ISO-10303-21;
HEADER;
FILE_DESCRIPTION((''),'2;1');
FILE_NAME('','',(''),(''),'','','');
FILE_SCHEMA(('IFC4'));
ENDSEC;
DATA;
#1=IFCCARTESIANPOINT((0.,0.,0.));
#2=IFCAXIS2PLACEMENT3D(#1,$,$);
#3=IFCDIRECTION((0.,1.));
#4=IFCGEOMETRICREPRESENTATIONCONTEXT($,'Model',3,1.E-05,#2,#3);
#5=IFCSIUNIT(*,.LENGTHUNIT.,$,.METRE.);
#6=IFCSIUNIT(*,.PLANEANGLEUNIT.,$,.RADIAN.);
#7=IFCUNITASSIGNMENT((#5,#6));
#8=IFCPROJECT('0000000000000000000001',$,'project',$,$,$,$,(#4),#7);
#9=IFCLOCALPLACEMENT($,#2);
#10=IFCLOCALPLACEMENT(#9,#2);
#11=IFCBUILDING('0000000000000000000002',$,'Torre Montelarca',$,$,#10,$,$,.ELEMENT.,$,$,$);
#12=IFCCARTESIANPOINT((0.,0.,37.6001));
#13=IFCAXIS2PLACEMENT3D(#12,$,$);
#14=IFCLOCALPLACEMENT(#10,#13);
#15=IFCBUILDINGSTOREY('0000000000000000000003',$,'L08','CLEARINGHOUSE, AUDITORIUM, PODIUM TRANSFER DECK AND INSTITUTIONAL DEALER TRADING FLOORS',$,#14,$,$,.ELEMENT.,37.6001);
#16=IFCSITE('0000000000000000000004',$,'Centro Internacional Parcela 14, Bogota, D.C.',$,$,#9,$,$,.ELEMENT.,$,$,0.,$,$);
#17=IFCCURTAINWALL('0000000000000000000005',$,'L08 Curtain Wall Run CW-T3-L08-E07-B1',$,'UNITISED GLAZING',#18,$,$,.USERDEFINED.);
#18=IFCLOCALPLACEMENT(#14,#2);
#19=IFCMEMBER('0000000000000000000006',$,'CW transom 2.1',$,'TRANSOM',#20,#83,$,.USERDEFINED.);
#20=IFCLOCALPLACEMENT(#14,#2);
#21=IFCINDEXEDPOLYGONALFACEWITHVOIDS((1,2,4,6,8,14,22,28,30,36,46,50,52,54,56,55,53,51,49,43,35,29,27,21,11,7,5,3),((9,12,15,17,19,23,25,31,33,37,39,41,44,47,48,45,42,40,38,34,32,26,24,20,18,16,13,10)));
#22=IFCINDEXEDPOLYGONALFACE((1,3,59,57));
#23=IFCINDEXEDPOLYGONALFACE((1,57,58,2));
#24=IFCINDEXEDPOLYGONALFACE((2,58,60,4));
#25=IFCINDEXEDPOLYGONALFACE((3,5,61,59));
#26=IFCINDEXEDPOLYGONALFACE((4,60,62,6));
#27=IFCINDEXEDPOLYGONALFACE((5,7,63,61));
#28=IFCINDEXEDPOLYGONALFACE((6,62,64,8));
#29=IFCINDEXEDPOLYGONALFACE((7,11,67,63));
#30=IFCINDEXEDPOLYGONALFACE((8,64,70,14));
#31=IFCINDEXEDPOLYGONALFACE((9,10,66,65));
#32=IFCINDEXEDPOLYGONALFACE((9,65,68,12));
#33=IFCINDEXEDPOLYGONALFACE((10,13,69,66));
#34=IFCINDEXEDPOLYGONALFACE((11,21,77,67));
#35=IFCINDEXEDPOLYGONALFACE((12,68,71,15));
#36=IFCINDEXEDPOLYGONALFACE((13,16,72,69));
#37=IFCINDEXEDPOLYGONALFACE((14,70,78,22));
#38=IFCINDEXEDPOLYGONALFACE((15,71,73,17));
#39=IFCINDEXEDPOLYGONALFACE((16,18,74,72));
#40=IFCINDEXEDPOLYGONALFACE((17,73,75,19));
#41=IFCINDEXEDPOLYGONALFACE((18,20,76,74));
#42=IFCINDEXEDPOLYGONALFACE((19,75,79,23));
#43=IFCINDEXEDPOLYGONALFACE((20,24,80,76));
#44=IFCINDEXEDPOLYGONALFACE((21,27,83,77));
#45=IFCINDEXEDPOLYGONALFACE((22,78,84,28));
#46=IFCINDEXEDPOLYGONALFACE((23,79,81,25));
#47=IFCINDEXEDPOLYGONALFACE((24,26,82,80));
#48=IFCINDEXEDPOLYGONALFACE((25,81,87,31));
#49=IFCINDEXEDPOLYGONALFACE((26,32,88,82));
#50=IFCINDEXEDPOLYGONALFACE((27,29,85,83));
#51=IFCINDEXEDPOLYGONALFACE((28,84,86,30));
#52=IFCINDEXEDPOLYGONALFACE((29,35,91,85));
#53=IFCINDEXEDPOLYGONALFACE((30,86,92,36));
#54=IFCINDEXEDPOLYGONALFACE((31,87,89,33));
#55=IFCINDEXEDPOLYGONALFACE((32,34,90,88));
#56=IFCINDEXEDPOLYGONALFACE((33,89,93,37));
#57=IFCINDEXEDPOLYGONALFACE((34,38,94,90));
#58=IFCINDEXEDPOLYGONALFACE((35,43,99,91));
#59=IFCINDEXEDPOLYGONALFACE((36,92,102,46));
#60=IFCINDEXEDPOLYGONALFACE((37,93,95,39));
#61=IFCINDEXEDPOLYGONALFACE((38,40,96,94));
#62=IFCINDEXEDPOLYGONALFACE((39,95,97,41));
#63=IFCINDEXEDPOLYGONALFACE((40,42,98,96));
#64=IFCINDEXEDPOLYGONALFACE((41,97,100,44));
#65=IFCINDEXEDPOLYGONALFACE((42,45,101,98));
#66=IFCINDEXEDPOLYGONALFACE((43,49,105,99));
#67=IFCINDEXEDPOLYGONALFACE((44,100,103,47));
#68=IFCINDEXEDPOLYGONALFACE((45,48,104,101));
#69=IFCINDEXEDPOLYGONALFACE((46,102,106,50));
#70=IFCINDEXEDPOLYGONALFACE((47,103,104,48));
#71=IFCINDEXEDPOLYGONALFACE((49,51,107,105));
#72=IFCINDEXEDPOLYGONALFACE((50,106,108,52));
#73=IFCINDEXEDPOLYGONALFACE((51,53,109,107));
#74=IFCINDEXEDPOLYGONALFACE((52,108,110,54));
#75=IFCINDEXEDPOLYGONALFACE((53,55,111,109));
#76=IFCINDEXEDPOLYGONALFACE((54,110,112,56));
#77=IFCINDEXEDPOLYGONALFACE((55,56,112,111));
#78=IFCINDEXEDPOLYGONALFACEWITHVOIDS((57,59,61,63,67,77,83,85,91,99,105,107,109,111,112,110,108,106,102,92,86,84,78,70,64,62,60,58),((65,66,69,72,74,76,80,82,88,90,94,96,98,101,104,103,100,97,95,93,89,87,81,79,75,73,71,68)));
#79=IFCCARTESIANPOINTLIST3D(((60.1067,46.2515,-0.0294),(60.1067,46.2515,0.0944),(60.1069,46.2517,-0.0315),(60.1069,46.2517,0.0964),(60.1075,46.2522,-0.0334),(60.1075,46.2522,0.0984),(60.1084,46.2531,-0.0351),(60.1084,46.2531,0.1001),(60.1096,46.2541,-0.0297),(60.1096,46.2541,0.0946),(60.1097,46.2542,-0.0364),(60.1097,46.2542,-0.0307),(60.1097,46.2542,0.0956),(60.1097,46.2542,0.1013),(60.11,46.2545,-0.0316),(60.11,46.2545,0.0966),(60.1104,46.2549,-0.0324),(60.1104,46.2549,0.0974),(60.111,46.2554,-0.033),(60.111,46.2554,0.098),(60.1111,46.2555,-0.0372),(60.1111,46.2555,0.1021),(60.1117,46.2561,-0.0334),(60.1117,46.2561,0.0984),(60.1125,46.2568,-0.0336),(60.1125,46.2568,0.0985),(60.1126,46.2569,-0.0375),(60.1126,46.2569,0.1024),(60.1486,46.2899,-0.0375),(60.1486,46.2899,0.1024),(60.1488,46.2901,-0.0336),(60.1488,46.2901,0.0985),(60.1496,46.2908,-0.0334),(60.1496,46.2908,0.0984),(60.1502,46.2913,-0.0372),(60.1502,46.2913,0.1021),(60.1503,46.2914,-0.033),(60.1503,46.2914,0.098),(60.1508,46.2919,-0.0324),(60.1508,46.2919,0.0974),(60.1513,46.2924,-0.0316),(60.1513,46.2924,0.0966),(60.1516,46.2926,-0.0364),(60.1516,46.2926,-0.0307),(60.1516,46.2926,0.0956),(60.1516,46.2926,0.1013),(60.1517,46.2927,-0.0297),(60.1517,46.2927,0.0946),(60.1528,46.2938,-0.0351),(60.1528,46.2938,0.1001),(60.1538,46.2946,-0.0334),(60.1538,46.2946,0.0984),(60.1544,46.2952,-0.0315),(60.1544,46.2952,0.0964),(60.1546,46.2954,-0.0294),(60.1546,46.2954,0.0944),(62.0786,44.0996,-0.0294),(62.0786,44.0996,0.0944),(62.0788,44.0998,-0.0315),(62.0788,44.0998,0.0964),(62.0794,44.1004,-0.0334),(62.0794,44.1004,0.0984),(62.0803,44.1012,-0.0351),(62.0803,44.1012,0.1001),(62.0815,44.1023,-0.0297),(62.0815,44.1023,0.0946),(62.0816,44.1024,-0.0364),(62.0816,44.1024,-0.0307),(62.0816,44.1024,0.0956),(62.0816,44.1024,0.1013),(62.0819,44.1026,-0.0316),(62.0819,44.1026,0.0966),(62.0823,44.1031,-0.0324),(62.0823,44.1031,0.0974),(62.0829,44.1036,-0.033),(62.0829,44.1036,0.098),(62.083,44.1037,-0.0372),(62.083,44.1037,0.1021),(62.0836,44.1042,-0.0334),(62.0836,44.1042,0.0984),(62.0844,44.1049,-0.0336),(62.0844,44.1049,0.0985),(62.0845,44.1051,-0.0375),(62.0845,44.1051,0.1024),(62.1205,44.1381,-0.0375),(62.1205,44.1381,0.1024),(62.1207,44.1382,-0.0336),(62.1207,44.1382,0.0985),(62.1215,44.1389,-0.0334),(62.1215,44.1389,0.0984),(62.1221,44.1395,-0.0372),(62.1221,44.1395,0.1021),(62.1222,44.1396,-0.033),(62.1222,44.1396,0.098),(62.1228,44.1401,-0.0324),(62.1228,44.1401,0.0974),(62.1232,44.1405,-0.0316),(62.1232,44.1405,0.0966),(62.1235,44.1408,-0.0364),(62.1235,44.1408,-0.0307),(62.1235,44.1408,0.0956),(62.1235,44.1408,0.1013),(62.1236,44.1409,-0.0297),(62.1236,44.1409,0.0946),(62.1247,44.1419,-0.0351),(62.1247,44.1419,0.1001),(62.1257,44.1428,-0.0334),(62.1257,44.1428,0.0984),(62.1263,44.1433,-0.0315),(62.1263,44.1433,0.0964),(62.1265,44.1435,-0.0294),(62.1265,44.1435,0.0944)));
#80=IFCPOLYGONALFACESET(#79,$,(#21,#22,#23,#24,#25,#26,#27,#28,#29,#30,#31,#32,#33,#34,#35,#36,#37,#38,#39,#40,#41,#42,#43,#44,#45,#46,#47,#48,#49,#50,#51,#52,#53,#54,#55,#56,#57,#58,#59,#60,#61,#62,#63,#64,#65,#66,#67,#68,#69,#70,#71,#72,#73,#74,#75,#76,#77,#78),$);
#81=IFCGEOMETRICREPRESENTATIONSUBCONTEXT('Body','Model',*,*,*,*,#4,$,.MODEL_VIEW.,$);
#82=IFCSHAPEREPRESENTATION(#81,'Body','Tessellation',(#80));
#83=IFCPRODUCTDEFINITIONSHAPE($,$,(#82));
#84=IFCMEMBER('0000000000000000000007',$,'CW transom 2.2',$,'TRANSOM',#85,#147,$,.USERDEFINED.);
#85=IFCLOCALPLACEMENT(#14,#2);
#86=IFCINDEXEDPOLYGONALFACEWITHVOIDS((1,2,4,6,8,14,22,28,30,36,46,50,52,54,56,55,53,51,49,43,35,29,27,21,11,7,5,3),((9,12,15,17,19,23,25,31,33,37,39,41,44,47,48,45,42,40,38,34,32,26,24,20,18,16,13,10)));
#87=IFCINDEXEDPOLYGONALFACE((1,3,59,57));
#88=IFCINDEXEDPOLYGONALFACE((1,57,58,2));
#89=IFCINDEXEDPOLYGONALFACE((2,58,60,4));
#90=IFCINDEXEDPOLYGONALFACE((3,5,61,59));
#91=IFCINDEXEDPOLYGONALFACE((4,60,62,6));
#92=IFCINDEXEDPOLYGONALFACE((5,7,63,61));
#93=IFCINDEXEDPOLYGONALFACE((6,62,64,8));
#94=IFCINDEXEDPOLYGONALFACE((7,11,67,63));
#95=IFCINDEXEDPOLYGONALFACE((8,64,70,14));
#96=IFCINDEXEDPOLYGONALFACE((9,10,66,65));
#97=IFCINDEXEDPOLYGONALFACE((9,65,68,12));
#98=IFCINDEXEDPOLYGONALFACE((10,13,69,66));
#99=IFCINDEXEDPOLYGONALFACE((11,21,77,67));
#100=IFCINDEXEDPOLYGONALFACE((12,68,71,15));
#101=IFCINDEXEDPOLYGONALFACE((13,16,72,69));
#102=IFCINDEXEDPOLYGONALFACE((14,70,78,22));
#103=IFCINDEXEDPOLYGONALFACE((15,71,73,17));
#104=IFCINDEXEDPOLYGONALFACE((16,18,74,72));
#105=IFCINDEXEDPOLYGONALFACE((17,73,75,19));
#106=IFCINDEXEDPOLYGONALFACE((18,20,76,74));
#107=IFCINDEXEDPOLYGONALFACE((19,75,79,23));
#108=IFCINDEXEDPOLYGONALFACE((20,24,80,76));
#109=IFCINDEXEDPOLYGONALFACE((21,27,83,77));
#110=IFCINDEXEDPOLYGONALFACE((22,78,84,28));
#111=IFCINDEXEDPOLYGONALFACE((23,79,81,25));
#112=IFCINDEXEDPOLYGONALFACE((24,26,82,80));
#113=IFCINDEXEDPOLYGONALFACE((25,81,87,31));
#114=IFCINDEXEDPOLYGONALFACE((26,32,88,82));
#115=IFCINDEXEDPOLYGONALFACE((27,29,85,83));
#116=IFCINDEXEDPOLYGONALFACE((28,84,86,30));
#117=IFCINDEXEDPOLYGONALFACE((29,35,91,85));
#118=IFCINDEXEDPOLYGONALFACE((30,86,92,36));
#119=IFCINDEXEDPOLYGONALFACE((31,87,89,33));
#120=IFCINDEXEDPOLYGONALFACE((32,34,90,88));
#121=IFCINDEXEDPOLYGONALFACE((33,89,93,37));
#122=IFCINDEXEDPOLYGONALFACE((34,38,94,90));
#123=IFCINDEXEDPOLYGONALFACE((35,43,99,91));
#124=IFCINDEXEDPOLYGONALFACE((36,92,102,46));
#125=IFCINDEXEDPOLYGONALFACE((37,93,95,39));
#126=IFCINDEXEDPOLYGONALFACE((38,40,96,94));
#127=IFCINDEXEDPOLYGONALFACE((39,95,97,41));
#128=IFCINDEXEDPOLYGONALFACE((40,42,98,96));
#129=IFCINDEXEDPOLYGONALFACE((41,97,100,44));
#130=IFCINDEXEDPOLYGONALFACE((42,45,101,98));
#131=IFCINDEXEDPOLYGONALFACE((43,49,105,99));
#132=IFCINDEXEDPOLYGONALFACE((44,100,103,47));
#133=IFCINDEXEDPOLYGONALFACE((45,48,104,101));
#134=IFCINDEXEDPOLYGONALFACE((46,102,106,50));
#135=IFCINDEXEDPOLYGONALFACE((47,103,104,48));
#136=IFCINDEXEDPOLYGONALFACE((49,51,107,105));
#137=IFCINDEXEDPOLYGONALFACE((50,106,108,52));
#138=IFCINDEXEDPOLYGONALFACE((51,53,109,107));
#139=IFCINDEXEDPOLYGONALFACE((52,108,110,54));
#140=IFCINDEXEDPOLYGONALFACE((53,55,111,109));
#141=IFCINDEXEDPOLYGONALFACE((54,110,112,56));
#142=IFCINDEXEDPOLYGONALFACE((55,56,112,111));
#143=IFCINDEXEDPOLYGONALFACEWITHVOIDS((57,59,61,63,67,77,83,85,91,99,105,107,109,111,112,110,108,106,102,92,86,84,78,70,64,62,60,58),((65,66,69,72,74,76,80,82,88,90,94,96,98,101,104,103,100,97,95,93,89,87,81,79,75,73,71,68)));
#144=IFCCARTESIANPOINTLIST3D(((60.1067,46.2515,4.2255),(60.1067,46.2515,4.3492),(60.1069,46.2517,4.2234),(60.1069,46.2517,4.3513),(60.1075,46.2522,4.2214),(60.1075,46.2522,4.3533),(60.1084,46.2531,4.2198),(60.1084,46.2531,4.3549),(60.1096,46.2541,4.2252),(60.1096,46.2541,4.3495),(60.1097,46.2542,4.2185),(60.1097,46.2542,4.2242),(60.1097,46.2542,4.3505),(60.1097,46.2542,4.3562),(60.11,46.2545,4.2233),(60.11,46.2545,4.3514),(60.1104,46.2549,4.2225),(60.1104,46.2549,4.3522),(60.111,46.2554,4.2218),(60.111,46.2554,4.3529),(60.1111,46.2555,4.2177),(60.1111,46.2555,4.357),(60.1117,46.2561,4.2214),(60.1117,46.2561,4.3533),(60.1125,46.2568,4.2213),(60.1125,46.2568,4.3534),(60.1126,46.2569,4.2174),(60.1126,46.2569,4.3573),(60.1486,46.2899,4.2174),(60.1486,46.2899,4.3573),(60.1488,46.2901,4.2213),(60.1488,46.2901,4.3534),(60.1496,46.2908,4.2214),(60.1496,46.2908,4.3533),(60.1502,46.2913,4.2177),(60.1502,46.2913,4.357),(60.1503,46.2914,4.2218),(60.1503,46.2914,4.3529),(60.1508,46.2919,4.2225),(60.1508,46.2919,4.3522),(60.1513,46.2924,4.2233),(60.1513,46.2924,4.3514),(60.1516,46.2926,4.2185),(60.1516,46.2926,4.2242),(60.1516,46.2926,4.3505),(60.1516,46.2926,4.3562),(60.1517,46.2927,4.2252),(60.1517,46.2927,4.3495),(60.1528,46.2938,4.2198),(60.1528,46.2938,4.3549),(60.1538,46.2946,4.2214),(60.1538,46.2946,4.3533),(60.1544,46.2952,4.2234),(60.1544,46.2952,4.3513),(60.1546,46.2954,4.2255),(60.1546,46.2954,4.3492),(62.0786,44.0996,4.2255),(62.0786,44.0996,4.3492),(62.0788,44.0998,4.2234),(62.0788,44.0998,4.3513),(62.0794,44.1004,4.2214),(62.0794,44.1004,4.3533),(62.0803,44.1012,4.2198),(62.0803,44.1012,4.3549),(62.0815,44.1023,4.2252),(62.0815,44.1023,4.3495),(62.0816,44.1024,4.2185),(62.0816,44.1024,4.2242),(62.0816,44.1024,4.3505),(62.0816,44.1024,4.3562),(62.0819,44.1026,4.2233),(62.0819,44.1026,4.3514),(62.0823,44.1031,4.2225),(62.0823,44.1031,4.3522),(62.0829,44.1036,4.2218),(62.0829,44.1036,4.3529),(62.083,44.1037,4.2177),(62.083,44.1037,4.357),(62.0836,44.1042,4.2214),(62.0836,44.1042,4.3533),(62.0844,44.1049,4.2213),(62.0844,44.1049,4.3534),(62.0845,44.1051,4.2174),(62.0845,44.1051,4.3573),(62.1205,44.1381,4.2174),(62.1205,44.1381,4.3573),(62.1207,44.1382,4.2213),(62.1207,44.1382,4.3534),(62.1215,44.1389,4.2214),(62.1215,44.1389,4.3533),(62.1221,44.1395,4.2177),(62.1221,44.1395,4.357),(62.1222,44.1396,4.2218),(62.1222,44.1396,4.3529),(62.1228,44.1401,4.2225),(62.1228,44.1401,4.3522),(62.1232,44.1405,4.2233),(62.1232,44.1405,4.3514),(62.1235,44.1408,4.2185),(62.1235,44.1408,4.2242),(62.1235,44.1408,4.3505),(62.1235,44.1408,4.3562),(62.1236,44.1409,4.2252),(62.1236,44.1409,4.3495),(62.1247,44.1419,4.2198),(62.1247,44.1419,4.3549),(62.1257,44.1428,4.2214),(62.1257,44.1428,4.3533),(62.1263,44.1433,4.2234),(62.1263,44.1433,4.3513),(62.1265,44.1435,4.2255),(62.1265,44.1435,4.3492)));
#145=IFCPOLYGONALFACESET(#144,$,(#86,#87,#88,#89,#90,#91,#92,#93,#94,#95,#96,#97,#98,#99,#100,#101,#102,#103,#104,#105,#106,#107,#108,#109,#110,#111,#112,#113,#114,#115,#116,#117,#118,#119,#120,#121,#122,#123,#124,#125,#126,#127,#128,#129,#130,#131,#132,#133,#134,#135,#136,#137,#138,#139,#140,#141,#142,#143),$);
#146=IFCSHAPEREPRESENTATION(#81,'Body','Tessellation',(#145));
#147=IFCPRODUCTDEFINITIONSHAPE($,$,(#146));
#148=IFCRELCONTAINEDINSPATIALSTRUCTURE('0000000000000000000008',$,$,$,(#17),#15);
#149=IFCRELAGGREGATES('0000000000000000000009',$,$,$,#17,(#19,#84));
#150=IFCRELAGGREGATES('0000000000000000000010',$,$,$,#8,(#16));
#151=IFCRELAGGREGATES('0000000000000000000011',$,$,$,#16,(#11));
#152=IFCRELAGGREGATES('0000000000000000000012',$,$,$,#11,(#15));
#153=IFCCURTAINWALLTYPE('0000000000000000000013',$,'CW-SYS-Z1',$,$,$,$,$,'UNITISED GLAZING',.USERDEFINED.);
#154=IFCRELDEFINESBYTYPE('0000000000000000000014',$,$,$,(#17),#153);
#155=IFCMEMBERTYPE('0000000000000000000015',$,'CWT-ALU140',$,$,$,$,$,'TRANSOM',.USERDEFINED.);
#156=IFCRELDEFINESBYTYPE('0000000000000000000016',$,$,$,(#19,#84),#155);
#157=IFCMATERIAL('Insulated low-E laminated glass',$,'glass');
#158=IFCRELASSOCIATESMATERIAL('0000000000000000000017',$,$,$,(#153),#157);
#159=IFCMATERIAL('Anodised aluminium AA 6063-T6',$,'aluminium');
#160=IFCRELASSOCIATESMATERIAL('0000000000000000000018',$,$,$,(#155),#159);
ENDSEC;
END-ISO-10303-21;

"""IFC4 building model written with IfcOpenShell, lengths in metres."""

from ifc_helpers import new_model, si_unit, direction, frame, origin, origin_2d, place, context, subcontext, project, spatial, hollow_rectangle, extrude, source, transform, mapped, material, material_profile, profile_set, type_object, element, aggregate, save


model = new_model("IFC4")

# Units and contexts
model_context = context("Model", 3, precision=1e-05, world=origin(), true_north=direction((0.0, 1.0)))
body_context = subcontext(model_context, "Body", "Model", "MODEL_VIEW")
ifc_project = project(units=[si_unit("LENGTHUNIT", "METRE"), si_unit("PLANEANGLEUNIT", "RADIAN")], contexts=[model_context])

# Site, building, storey
site_placement = place(None, origin())
site = spatial("IfcSite", under=ifc_project, at=site_placement, Name="Centro Internacional Parcela 14, Bogota, D.C.", CompositionType="ELEMENT", RefElevation=0.0)
building_placement = place(site_placement, origin())
building = spatial("IfcBuilding", under=site, at=building_placement, Name="Torre Montelarca", CompositionType="ELEMENT")
storey_placement = place(building_placement, frame((0.0, 0.0, 37.6001)))
storey = spatial("IfcBuildingStorey", under=building, at=storey_placement, Name="L08", Description="CLEARINGHOUSE, AUDITORIUM, PODIUM TRANSFER DECK AND INSTITUTIONAL DEALER TRADING FLOORS", CompositionType="ELEMENT", Elevation=37.6001)

# Curtain wall, members
ifc_material_1 = material(Name="Insulated low-E laminated glass", Category="glass")
curtain_wall_type = type_object("IfcCurtainWallType", Name="CW-SYS-Z1", ElementType="UNITISED GLAZING", PredefinedType="USERDEFINED", material=ifc_material_1)
curtain_wall_1_placement = place(storey_placement, origin())
curtain_wall_1 = element("IfcCurtainWall", 1, at=curtain_wall_1_placement, inside=storey, type_object=curtain_wall_type, Name="L08 Curtain Wall Run CW-T3-L08-E07-B1", ObjectType="UNITISED GLAZING", PredefinedType="USERDEFINED")
ifc_material_2 = material(Name="Anodised aluminium AA 6063-T6", Category="aluminium")
ifc_material_profile_1 = material_profile(ifc_material_2, hollow_rectangle(XDim=0.0649, YDim=0.1399, WallThickness=0.0039, InnerFilletRadius=0.0039, OuterFilletRadius=0.0081, at=origin_2d()), Name="ALU65X140X4", Category="aluminium")
ifc_profile_set_1 = profile_set([ifc_material_profile_1], Name="Anodised aluminium AA 6063-T6")
member_type_1 = type_object("IfcMemberType", Name="CWT-ALU140", ElementType="TRANSOM", PredefinedType="USERDEFINED", material=ifc_profile_set_1)
shared_shape_1 = source(origin(), body_context, "Body", "SweptSolid", [
    extrude(hollow_rectangle(XDim=0.0649, YDim=0.1399, WallThickness=0.0039, InnerFilletRadius=0.0039, OuterFilletRadius=0.0081, at=origin_2d()), origin(), (0.0, 0.0, 1.0), 2.9187),
])
member_1_placement = place(storey_placement, frame((62.1025, 44.1216, 0.0325), z_axis=(-0.675611, 0.737258, 0.0), x_axis=(-0.737258, -0.675611, 0.0)))
member_1 = element("IfcMember", 2, at=member_1_placement, type_object=member_type_1, Name="CW transom 2.1", ObjectType="TRANSOM", PredefinedType="USERDEFINED", context=body_context, shape_type="MappedRepresentation", body=[
    mapped(shared_shape_1, transform((0.0, 0.0, 0.0), scale=1.0)),
])
member_2_placement = place(storey_placement, frame((62.1025, 44.1216, 4.2874), z_axis=(-0.675611, 0.737258, 0.0), x_axis=(-0.737258, -0.675611, 0.0)))
member_2 = element("IfcMember", 3, at=member_2_placement, type_object=member_type_1, Name="CW transom 2.2", ObjectType="TRANSOM", PredefinedType="USERDEFINED", context=body_context, shape_type="MappedRepresentation", body=[
    mapped(shared_shape_1, transform((0.0, 0.0, 0.0), scale=1.0)),
])

aggregate(curtain_wall_1, [member_1, member_2])

save(model, "model.ifc")
